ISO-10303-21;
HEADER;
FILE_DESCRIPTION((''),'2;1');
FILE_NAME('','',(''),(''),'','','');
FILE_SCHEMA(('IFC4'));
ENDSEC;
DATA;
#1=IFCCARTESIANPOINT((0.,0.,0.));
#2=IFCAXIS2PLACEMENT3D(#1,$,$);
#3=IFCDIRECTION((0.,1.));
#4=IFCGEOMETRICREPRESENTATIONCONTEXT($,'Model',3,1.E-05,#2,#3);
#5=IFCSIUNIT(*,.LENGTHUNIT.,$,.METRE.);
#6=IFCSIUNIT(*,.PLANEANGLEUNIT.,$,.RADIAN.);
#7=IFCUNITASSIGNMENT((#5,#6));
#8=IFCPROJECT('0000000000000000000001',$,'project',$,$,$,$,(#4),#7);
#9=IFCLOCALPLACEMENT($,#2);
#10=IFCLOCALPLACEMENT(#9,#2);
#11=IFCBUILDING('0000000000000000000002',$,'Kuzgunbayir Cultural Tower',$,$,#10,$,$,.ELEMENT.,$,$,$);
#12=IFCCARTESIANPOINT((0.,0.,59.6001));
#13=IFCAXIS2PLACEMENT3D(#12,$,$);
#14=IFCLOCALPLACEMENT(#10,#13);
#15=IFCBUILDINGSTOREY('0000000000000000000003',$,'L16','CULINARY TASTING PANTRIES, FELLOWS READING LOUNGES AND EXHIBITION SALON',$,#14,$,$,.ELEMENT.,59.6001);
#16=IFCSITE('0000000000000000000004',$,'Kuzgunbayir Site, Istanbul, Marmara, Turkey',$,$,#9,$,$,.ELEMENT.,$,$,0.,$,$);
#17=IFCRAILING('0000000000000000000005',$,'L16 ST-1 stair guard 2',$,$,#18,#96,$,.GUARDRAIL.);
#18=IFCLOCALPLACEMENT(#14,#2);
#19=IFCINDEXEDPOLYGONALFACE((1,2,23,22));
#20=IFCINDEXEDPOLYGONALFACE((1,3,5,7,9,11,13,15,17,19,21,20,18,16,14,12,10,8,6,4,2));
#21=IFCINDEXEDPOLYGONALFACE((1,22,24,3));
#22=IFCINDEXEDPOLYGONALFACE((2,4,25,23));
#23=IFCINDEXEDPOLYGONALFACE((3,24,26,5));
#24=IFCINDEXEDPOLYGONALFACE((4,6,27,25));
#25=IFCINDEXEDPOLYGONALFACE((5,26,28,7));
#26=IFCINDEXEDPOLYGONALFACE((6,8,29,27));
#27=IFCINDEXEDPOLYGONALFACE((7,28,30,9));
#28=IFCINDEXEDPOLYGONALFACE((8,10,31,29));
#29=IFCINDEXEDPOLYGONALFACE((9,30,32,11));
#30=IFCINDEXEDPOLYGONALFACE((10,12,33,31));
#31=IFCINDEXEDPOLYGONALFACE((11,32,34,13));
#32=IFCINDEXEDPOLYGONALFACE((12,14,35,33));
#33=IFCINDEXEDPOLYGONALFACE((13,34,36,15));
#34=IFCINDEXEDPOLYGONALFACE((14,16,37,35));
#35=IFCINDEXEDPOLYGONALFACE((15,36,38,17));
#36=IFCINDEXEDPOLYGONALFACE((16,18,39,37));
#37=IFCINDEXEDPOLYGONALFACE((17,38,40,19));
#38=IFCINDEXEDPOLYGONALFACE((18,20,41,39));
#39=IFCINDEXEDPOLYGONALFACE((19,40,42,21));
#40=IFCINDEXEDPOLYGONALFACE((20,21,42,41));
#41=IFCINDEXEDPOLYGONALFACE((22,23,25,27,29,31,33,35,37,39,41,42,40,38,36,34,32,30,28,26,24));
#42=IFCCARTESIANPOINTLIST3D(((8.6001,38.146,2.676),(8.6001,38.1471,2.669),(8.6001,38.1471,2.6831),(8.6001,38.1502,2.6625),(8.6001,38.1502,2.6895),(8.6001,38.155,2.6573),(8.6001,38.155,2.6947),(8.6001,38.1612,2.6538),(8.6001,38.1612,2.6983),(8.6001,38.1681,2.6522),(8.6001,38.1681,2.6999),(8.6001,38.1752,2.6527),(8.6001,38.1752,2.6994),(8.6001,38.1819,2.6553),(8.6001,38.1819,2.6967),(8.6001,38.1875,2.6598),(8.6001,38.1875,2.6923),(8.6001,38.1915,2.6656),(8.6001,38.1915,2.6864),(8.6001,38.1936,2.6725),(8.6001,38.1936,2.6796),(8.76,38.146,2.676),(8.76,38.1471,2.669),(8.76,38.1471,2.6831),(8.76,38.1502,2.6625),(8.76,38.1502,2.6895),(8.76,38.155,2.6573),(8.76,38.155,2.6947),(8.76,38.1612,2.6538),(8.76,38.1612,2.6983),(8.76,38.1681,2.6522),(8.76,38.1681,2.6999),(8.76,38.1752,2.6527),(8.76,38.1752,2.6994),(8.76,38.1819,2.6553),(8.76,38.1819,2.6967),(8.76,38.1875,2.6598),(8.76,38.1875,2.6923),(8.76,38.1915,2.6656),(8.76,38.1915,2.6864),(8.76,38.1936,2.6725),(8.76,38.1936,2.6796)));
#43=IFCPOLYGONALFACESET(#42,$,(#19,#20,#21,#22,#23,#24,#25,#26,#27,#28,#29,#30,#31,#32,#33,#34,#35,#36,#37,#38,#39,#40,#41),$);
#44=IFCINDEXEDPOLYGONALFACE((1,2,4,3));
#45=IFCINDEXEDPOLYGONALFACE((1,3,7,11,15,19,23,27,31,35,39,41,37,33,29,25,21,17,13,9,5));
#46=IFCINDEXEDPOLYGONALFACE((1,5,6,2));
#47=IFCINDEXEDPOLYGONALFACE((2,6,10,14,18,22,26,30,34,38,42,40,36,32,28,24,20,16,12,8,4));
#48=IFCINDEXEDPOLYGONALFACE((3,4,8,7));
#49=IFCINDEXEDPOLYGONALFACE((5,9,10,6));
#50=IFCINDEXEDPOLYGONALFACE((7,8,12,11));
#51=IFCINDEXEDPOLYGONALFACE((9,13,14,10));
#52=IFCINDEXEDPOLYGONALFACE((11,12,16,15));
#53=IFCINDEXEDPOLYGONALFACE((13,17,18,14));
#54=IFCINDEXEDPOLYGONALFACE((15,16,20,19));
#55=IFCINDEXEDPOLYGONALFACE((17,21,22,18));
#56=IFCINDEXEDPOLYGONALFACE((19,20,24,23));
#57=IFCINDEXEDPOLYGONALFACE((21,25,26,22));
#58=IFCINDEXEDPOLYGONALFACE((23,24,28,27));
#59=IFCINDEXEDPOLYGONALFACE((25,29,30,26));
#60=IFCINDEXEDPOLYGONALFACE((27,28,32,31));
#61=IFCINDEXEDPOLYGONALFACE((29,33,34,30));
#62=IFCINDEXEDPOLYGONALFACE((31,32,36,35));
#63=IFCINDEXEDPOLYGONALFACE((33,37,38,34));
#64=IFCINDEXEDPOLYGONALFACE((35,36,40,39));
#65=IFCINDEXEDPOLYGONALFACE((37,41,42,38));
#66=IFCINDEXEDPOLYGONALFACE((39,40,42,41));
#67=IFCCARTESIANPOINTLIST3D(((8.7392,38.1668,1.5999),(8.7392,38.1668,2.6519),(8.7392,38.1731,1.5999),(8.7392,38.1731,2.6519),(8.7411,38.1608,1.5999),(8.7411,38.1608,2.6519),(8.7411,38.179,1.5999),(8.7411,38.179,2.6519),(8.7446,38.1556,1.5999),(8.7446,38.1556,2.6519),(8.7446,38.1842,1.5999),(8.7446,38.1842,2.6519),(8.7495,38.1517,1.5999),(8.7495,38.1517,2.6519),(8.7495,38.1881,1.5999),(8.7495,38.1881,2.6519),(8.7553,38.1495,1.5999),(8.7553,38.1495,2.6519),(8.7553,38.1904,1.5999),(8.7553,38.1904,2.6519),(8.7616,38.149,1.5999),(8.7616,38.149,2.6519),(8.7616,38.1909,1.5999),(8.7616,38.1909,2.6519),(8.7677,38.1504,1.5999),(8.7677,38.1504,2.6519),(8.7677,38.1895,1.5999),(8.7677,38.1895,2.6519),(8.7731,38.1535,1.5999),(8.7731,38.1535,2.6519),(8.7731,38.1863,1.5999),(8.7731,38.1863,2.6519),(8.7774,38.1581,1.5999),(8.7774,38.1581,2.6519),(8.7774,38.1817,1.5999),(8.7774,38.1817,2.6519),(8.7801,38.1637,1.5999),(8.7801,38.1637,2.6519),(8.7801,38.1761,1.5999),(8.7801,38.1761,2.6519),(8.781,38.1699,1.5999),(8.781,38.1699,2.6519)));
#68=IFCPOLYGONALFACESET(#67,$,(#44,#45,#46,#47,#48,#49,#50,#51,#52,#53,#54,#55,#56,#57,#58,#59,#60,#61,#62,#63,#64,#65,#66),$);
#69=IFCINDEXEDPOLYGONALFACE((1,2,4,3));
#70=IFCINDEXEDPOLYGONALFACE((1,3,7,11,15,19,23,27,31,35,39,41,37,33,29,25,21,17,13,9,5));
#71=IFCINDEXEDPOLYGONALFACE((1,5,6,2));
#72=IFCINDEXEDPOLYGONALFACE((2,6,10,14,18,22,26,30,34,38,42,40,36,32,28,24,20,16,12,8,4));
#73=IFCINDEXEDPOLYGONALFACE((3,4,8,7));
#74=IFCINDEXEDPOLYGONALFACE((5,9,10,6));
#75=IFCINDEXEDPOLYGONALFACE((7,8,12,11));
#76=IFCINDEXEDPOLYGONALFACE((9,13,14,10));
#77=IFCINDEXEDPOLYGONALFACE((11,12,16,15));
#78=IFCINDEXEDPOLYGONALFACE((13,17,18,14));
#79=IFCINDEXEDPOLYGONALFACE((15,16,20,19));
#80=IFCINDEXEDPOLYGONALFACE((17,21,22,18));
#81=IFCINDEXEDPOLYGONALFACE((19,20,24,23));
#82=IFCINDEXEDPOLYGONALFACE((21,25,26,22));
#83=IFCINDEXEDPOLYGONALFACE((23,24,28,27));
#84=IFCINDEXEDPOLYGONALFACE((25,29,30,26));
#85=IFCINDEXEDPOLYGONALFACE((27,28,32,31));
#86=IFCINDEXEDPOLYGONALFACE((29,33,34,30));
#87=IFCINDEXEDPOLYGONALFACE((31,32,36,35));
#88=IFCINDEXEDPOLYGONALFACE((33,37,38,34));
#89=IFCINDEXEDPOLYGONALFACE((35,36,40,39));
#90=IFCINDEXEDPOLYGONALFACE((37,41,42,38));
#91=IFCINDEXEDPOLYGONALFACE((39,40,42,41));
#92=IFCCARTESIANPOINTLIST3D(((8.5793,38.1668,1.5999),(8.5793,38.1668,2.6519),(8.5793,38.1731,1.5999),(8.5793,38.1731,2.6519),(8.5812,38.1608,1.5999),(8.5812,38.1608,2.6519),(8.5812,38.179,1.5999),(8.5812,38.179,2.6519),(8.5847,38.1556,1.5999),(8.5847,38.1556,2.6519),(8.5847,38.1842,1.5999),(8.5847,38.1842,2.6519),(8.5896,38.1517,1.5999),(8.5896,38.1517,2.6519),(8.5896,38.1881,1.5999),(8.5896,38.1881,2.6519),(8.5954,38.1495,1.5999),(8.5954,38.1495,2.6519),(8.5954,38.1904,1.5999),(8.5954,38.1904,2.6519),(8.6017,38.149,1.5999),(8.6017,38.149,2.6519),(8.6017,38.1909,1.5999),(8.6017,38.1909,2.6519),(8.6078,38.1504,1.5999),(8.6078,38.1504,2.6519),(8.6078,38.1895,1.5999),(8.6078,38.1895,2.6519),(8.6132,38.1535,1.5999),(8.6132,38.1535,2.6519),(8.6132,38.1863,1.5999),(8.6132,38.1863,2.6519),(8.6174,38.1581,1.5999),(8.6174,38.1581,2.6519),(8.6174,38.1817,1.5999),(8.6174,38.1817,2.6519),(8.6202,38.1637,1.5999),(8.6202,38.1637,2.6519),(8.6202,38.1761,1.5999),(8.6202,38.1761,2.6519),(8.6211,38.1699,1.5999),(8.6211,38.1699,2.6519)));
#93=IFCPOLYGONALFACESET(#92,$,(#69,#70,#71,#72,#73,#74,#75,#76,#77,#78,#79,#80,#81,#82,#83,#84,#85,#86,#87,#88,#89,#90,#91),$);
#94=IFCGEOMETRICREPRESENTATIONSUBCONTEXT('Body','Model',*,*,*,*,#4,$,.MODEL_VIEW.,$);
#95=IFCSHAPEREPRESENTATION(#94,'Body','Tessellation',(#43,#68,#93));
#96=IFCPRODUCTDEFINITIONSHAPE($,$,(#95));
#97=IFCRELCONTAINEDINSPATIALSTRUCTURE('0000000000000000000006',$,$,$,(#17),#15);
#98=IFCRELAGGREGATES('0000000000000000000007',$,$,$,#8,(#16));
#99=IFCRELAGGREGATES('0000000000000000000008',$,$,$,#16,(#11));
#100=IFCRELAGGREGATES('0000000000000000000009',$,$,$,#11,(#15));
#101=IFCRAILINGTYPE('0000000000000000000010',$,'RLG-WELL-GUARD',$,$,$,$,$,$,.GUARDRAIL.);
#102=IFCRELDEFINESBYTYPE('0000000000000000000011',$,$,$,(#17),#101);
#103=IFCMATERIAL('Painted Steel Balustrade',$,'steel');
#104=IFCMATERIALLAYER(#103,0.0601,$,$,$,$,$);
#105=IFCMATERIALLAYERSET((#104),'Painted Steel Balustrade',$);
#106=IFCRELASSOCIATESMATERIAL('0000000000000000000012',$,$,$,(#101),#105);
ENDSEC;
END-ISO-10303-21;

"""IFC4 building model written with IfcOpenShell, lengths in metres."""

from ifc_helpers import new_model, si_unit, direction, frame, origin, origin_2d, place, context, subcontext, project, spatial, circle, extrude, material, layer, layer_set, type_object, element, save


model = new_model("IFC4")

# Units and contexts
model_context = context("Model", 3, precision=1e-05, world=origin(), true_north=direction((0.0, 1.0)))
body_context = subcontext(model_context, "Body", "Model", "MODEL_VIEW")
ifc_project = project(units=[si_unit("LENGTHUNIT", "METRE"), si_unit("PLANEANGLEUNIT", "RADIAN")], contexts=[model_context])

# Site, building, storey
site_placement = place(None, origin())
site = spatial("IfcSite", under=ifc_project, at=site_placement, Name="Kuzgunbayir Site, Istanbul, Marmara, Turkey", CompositionType="ELEMENT", RefElevation=0.0)
building_placement = place(site_placement, origin())
building = spatial("IfcBuilding", under=site, at=building_placement, Name="Kuzgunbayir Cultural Tower", CompositionType="ELEMENT")
storey_placement = place(building_placement, frame((0.0, 0.0, 59.6001)))
storey = spatial("IfcBuildingStorey", under=building, at=storey_placement, Name="L16", Description="CULINARY TASTING PANTRIES, FELLOWS READING LOUNGES AND EXHIBITION SALON", CompositionType="ELEMENT", Elevation=59.6001)

# Railing
ifc_material_1 = material(Name="Painted Steel Balustrade", Category="steel")
ifc_layer_1 = layer(ifc_material_1, 0.0601)
ifc_layer_set_1 = layer_set([ifc_layer_1], Name="Painted Steel Balustrade")
railing_type_1 = type_object("IfcRailingType", Name="RLG-WELL-GUARD", PredefinedType="GUARDRAIL", material=ifc_layer_set_1)
railing_1_placement = place(storey_placement, frame((8.76, 38.1699, 1.5999)))
element("IfcRailing", 1, at=railing_1_placement, inside=storey, type_object=railing_type_1, Name="L16 ST-1 stair guard 2", PredefinedType="GUARDRAIL", context=body_context, shape_type="SweptSolid", body=[
    extrude(circle(Radius=0.0239, at=origin_2d()), frame((0.0, 0.0, 1.0762), z_axis=(-1.0, 0.0, 0.0), x_axis=(0.0, -1.0, 0.0)), (0.0, 0.0, 1.0), 0.1599),
    extrude(circle(Radius=0.021, at=origin_2d()), origin(), (0.0, 0.0, 1.0), 1.052),
    extrude(circle(Radius=0.021, at=origin_2d()), frame((-0.1599, 0.0, 0.0)), (0.0, 0.0, 1.0), 1.052),
])

save(model, "model.ifc")
